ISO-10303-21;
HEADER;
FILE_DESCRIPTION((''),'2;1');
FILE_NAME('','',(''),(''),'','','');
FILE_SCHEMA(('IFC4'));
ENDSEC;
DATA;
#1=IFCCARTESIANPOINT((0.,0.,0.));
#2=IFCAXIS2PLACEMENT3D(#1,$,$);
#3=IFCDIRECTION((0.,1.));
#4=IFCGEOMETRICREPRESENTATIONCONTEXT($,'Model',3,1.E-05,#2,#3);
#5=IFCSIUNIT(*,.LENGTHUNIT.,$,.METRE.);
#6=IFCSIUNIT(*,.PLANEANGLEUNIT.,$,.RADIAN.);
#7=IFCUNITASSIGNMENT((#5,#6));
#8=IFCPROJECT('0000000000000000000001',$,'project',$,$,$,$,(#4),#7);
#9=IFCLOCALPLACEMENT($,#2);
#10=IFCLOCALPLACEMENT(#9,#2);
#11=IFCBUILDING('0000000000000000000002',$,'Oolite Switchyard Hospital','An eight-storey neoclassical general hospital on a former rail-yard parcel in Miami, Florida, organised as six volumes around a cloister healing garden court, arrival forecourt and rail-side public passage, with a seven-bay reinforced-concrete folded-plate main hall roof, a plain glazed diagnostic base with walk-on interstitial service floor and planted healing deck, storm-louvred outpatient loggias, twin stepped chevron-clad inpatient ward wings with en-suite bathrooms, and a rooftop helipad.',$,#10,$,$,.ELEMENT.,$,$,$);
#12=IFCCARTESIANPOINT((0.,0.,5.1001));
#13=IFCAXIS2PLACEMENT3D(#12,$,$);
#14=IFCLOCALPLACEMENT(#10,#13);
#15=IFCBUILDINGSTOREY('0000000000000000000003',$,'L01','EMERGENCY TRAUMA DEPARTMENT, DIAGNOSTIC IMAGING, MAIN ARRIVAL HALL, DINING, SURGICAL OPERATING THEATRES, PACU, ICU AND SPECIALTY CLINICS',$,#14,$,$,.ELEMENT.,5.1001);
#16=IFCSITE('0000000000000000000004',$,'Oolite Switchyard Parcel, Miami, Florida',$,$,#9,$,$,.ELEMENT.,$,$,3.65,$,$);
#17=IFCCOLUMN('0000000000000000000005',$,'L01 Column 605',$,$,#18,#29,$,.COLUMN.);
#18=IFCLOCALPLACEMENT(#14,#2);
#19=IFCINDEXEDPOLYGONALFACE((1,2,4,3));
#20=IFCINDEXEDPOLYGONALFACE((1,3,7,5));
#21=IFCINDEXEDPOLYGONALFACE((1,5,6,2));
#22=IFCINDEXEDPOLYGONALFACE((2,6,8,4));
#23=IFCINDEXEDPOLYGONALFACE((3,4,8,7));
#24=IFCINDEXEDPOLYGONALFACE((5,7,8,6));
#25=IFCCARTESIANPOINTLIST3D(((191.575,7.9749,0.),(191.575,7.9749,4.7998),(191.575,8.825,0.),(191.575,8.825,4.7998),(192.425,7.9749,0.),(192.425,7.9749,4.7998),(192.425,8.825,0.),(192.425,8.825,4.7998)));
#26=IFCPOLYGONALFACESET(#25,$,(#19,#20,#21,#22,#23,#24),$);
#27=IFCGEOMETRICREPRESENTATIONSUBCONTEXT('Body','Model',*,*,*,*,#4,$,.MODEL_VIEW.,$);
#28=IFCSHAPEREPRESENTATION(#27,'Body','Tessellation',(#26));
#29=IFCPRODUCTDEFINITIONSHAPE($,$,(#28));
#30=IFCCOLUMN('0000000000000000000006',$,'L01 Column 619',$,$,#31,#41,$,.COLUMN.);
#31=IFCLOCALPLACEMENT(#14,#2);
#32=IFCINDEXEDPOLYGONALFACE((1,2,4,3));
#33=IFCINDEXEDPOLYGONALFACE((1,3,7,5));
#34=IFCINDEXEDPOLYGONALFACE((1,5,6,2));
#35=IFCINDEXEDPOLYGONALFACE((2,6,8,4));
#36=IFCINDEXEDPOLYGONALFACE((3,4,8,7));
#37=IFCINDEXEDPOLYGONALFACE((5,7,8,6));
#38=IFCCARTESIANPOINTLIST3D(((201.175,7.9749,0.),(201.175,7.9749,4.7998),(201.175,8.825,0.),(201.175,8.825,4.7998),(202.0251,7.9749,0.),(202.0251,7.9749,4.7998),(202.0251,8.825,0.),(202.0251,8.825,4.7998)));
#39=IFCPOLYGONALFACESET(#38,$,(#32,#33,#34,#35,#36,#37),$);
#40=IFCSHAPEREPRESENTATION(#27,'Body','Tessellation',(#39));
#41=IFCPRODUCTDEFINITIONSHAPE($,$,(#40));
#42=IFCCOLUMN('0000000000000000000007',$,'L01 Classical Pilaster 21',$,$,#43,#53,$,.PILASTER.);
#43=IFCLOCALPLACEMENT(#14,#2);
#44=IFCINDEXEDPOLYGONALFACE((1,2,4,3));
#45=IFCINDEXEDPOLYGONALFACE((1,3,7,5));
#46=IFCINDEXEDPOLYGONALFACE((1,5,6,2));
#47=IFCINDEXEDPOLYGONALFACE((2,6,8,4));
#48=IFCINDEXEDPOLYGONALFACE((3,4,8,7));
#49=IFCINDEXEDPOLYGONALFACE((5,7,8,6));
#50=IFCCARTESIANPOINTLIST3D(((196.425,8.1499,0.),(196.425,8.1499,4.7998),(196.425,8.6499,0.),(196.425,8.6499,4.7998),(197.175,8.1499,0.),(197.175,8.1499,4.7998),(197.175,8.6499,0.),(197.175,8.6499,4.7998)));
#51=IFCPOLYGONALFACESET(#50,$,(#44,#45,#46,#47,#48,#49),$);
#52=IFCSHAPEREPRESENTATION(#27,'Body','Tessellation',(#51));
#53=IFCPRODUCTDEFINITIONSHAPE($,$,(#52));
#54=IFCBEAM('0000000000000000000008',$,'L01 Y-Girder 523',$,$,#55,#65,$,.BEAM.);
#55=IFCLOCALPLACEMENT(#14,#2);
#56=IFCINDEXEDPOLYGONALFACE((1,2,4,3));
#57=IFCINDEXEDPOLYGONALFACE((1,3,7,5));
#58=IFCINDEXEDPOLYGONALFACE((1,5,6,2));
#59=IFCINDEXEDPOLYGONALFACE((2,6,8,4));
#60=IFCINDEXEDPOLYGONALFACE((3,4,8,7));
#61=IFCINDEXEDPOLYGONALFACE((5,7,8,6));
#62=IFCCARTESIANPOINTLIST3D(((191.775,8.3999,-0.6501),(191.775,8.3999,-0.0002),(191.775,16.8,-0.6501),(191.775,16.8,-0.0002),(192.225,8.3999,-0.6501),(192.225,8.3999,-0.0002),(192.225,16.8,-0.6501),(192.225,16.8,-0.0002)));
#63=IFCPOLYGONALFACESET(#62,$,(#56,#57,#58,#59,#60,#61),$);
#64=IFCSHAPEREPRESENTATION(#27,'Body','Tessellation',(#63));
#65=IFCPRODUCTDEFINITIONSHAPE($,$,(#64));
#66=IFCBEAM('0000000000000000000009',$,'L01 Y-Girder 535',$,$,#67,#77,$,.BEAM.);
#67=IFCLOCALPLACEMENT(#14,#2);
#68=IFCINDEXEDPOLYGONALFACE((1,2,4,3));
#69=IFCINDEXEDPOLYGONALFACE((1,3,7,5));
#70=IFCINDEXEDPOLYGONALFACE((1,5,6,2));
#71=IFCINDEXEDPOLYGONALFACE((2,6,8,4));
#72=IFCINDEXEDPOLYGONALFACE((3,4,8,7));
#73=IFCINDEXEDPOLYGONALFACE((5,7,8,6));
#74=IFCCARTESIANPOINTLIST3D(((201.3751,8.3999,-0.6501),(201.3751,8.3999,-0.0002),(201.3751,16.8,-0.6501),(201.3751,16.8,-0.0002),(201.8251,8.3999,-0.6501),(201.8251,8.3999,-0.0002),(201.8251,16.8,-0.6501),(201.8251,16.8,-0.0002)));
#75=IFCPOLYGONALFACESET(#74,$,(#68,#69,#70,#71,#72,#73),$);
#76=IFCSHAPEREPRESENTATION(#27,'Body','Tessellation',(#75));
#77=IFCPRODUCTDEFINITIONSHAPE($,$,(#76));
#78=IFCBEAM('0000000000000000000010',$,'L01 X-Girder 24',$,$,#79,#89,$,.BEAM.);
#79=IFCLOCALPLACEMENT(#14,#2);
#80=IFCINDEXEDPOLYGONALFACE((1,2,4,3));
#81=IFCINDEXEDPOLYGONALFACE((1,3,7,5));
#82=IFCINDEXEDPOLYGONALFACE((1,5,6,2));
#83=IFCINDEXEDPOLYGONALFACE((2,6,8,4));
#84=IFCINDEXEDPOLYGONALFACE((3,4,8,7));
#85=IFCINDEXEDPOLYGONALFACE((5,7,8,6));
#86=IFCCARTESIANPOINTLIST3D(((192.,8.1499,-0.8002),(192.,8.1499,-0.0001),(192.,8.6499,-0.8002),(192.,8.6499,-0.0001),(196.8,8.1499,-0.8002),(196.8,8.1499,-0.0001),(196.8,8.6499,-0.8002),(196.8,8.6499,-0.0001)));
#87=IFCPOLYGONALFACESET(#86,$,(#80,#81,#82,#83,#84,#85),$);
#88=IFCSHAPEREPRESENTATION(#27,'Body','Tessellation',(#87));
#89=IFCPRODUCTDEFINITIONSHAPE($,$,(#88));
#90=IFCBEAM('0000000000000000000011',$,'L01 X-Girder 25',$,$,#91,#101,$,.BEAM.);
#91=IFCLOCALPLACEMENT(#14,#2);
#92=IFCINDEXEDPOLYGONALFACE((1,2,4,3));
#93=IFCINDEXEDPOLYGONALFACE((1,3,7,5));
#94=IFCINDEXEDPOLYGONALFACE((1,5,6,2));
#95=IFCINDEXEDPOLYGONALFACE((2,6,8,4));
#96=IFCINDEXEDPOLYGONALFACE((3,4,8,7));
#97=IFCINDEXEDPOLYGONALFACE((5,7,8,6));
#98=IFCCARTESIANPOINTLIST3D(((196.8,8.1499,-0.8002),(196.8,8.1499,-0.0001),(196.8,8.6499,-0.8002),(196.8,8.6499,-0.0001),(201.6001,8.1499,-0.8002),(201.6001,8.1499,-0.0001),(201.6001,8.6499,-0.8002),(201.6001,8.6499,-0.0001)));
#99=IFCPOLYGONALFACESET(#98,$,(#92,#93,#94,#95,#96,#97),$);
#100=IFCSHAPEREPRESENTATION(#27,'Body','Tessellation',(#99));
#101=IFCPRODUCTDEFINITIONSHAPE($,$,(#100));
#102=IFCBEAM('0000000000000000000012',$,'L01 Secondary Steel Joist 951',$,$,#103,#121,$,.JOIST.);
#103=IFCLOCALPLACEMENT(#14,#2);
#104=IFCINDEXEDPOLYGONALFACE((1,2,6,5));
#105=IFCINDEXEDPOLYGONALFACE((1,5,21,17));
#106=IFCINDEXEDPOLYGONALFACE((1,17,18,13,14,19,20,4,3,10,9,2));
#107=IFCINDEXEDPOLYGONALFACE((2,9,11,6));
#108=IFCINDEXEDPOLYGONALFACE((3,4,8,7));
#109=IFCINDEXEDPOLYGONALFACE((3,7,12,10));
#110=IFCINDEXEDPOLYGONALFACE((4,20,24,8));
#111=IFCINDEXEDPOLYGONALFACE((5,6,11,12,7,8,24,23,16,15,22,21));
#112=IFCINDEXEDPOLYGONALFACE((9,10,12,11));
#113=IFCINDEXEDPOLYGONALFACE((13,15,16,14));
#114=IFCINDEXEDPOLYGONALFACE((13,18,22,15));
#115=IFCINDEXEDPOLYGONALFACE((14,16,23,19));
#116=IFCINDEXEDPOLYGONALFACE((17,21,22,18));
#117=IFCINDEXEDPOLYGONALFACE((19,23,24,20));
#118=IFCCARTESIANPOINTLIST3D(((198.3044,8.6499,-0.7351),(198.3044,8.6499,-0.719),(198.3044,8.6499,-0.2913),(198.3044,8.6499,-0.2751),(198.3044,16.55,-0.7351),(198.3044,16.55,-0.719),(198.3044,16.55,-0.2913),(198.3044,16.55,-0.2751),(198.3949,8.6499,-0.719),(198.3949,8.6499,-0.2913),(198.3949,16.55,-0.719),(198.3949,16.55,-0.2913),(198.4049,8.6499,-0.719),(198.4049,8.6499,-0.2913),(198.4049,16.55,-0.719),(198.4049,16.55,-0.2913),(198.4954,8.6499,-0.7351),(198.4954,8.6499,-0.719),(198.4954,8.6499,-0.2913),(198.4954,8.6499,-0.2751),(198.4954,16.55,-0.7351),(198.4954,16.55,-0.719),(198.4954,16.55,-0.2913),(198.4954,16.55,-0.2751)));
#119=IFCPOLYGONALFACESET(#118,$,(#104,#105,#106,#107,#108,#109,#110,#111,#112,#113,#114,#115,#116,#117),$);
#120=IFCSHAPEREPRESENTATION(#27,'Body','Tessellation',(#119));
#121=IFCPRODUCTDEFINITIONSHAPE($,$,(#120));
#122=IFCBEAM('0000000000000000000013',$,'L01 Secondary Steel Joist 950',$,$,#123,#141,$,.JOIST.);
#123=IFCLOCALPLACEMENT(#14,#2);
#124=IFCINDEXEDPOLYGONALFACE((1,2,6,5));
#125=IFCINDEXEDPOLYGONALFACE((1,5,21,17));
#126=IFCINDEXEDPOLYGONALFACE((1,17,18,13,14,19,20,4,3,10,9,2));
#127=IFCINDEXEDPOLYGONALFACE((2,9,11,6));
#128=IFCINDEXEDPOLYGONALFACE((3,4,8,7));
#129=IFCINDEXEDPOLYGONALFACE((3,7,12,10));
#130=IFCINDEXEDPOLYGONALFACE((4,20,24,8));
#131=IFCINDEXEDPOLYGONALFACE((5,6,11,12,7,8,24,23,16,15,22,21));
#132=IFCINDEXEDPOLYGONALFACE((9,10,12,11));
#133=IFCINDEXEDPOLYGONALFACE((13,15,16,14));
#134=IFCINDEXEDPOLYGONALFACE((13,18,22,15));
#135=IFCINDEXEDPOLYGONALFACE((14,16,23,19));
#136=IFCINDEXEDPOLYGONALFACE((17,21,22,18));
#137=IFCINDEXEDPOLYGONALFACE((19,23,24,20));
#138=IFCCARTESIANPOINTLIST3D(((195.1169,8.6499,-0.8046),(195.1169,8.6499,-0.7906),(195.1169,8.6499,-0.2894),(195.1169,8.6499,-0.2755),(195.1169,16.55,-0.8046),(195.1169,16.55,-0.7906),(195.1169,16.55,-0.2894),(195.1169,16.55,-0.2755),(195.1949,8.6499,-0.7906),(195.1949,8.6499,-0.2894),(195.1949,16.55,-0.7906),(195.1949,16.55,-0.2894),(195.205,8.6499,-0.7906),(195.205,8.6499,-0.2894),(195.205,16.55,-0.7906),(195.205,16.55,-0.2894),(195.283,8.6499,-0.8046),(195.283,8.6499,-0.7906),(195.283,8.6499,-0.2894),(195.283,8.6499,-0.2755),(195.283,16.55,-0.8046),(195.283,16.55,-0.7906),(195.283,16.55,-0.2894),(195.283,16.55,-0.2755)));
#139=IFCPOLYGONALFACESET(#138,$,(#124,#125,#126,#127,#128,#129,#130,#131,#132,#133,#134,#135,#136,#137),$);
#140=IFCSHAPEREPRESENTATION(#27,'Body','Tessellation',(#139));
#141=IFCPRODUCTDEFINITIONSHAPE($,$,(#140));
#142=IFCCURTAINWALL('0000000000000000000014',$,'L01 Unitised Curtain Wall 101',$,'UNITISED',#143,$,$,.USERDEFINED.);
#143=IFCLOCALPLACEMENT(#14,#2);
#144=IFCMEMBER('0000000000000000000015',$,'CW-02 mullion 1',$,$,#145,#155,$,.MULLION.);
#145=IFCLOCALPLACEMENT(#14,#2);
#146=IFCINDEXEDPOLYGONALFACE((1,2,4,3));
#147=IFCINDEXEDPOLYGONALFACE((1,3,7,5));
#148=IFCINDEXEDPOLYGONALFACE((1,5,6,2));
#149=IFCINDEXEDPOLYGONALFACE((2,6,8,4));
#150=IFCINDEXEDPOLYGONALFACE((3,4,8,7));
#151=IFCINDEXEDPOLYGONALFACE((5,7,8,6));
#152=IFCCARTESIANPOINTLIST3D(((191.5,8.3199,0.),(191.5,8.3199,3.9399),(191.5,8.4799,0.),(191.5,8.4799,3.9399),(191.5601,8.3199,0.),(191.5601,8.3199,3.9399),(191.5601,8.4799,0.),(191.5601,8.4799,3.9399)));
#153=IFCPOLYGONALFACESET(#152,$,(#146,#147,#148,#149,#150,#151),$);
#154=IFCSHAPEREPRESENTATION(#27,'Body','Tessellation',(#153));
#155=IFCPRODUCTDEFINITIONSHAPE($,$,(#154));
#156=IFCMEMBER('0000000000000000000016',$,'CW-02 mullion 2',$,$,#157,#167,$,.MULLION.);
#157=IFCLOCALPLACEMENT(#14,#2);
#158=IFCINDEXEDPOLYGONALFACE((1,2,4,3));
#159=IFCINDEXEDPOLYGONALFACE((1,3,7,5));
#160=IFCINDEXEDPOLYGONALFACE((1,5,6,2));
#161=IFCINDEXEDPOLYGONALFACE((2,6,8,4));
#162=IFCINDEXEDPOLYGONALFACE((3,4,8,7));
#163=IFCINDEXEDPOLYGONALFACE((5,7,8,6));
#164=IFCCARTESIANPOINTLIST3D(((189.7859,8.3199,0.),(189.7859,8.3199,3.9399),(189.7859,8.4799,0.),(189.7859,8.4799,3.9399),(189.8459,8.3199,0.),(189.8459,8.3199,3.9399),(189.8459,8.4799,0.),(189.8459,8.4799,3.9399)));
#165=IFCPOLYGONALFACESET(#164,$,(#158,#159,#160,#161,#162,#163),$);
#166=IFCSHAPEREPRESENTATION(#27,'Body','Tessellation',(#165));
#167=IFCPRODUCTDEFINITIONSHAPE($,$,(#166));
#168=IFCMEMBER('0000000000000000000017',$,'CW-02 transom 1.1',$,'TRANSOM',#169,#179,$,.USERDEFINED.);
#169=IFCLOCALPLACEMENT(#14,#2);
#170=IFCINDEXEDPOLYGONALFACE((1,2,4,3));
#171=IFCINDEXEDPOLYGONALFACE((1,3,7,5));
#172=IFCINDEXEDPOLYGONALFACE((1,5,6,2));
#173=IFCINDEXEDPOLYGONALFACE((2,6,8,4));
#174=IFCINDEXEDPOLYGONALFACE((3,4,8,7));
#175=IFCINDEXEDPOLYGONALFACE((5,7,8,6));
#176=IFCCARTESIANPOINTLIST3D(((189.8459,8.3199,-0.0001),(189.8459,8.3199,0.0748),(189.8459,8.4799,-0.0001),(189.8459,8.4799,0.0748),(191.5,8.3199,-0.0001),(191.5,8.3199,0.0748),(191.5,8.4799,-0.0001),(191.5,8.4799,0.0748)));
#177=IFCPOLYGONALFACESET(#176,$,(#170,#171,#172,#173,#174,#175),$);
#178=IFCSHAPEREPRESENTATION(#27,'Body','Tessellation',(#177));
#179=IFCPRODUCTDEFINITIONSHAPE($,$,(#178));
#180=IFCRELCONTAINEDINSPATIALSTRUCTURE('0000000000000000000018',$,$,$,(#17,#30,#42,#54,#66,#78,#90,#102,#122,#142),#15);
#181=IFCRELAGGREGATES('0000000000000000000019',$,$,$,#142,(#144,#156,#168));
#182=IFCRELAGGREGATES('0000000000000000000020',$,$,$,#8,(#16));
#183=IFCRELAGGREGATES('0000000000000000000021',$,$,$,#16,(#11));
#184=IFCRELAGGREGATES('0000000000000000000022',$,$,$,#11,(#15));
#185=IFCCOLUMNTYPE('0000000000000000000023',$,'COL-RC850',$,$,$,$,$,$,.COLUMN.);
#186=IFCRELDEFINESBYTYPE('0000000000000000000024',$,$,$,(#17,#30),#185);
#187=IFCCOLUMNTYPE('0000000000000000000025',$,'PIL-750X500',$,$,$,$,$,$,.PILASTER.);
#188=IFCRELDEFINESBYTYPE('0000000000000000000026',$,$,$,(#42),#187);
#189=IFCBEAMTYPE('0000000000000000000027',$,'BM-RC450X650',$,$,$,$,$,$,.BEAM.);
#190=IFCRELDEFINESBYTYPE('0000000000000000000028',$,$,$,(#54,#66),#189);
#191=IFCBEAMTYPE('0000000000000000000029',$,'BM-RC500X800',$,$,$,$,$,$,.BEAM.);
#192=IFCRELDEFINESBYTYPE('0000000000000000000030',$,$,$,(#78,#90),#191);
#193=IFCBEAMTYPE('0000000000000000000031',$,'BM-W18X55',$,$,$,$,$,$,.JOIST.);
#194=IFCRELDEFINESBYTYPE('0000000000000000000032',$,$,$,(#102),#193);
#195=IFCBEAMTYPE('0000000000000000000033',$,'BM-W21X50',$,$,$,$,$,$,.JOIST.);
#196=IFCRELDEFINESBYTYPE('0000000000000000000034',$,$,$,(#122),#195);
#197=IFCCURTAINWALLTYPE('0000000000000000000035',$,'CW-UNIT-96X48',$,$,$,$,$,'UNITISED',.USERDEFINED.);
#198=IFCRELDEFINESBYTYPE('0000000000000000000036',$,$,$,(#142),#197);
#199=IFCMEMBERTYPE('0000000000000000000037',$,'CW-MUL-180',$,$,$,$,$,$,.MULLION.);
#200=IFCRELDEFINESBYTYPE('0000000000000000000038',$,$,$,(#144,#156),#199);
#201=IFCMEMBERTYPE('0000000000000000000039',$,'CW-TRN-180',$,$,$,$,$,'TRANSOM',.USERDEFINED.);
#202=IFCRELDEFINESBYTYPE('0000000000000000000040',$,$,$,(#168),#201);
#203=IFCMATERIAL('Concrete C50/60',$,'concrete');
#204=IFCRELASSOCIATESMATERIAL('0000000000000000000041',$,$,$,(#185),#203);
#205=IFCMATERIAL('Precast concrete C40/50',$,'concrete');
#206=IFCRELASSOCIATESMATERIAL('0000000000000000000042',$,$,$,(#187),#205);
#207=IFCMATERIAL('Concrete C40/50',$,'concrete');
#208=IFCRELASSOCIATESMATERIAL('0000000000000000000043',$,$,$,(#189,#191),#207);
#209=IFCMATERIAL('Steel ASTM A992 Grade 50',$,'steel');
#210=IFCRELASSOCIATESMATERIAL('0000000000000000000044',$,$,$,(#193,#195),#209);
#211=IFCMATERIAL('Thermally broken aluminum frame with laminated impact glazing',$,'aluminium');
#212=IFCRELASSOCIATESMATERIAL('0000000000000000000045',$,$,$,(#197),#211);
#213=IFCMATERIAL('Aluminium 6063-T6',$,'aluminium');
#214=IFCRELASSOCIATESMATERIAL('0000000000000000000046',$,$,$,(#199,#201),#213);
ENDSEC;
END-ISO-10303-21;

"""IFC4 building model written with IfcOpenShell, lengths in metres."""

from ifc_helpers import new_model, si_unit, direction, frame, origin, origin_2d, place, context, subcontext, project, spatial, rectangle, i_section, extrude, material, material_profile, profile_set, type_object, element, aggregate, save


model = new_model("IFC4")

# Units and contexts
model_context = context("Model", 3, precision=1e-05, world=origin(), true_north=direction((0.0, 1.0)))
body_context = subcontext(model_context, "Body", "Model", "MODEL_VIEW")
ifc_project = project(units=[si_unit("LENGTHUNIT", "METRE"), si_unit("PLANEANGLEUNIT", "RADIAN")], contexts=[model_context])

# Site, building, storey
site_placement = place(None, origin())
site = spatial("IfcSite", under=ifc_project, at=site_placement, Name="Oolite Switchyard Parcel, Miami, Florida", CompositionType="ELEMENT", RefElevation=3.65)
building_placement = place(site_placement, origin())
building = spatial("IfcBuilding", under=site, at=building_placement, Name="Oolite Switchyard Hospital", Description="An eight-storey neoclassical general hospital on a former rail-yard parcel in Miami, Florida, organised as six volumes around a cloister healing garden court, arrival forecourt and rail-side public passage, with a seven-bay reinforced-concrete folded-plate main hall roof, a plain glazed diagnostic base with walk-on interstitial service floor and planted healing deck, storm-louvred outpatient loggias, twin stepped chevron-clad inpatient ward wings with en-suite bathrooms, and a rooftop helipad.", CompositionType="ELEMENT")
storey_placement = place(building_placement, frame((0.0, 0.0, 5.1001)))
storey = spatial("IfcBuildingStorey", under=building, at=storey_placement, Name="L01", Description="EMERGENCY TRAUMA DEPARTMENT, DIAGNOSTIC IMAGING, MAIN ARRIVAL HALL, DINING, SURGICAL OPERATING THEATRES, PACU, ICU AND SPECIALTY CLINICS", CompositionType="ELEMENT", Elevation=5.1001)

# Columns
ifc_material_1 = material(Name="Concrete C50/60", Category="concrete")
ifc_material_profile_1 = material_profile(ifc_material_1, rectangle(XDim=0.8501, YDim=0.8501, at=origin_2d()), Name="RC850X850")
ifc_profile_set_1 = profile_set([ifc_material_profile_1], Name="Concrete C50/60")
column_type_1 = type_object("IfcColumnType", Name="COL-RC850", PredefinedType="COLUMN", material=ifc_profile_set_1)
for number, where, z_axis, x_axis, name in (
    (1, (192.0, 8.3999, 0.0), (0.0, 0.0, 1.0), (1.0, 0.0, 0.0), "L01 Column 605"),
    (2, (201.6001, 8.3999, 0.0), (0.0, 0.0, 1.0), (1.0, 0.0, 0.0), "L01 Column 619"),
):
    element("IfcColumn", number, at=place(storey_placement, frame(where, z_axis=z_axis, x_axis=x_axis)), inside=storey, type_object=column_type_1, Name=name, PredefinedType="COLUMN", context=body_context, shape_type="SweptSolid", body=[
        extrude(rectangle(XDim=0.8501, YDim=0.8501, at=origin_2d()), origin(), (0.0, 0.0, 1.0), 4.7998),
    ])
ifc_material_2 = material(Name="Precast concrete C40/50", Category="concrete")
ifc_material_profile_2 = material_profile(ifc_material_2, rectangle(XDim=0.75, YDim=0.5, at=origin_2d()), Name="PIL750X500")
ifc_profile_set_2 = profile_set([ifc_material_profile_2], Name="Precast concrete C40/50")
column_type_2 = type_object("IfcColumnType", Name="PIL-750X500", PredefinedType="PILASTER", material=ifc_profile_set_2)
column_placement = place(storey_placement, frame((196.8, 8.3999, 0.0), z_axis=(0.0, 0.0, 1.0), x_axis=(1.0, 0.0, 0.0)))
element("IfcColumn", 3, at=column_placement, inside=storey, type_object=column_type_2, Name="L01 Classical Pilaster 21", PredefinedType="PILASTER", context=body_context, shape_type="SweptSolid", body=[
    extrude(rectangle(XDim=0.75, YDim=0.5, at=origin_2d()), origin(), (0.0, 0.0, 1.0), 4.7998),
])

# Beams
ifc_material_3 = material(Name="Concrete C40/50", Category="concrete")
ifc_material_profile_3 = material_profile(ifc_material_3, rectangle(XDim=0.45, YDim=0.6499, at=origin_2d()), Name="RCB450X650")
ifc_profile_set_3 = profile_set([ifc_material_profile_3], Name="Concrete C40/50")
beam_type_1 = type_object("IfcBeamType", Name="BM-RC450X650", PredefinedType="BEAM", material=ifc_profile_set_3)
for number, where, z_axis, x_axis, name in (
    (4, (192.0, 8.3999, -0.3252), (0.0, 1.0, 0.0), (-1.0, 0.0, 0.0), "L01 Y-Girder 523"),
    (5, (201.6001, 8.3999, -0.3252), (0.0, 1.0, 0.0), (-1.0, 0.0, 0.0), "L01 Y-Girder 535"),
):
    element("IfcBeam", number, at=place(storey_placement, frame(where, z_axis=z_axis, x_axis=x_axis)), inside=storey, type_object=beam_type_1, Name=name, PredefinedType="BEAM", context=body_context, shape_type="SweptSolid", body=[
        extrude(rectangle(XDim=0.45, YDim=0.6499, at=origin_2d()), origin(), (0.0, 0.0, 1.0), 8.4001),
    ])
ifc_material_profile_4 = material_profile(ifc_material_3, rectangle(XDim=0.5, YDim=0.8, at=origin_2d()), Name="RCB500X800")
ifc_profile_set_4 = profile_set([ifc_material_profile_4], Name="Concrete C40/50")
beam_type_2 = type_object("IfcBeamType", Name="BM-RC500X800", PredefinedType="BEAM", material=ifc_profile_set_4)
for number, where, z_axis, x_axis, name in (
    (6, (192.0, 8.3999, -0.4001), (1.0, 0.0, 0.0), (0.0, 1.0, 0.0), "L01 X-Girder 24"),
    (7, (196.8, 8.3999, -0.4001), (1.0, 0.0, 0.0), (0.0, 1.0, 0.0), "L01 X-Girder 25"),
):
    element("IfcBeam", number, at=place(storey_placement, frame(where, z_axis=z_axis, x_axis=x_axis)), inside=storey, type_object=beam_type_2, Name=name, PredefinedType="BEAM", context=body_context, shape_type="SweptSolid", body=[
        extrude(rectangle(XDim=0.5, YDim=0.8, at=origin_2d()), origin(), (0.0, 0.0, 1.0), 4.8),
    ])
ifc_material_4 = material(Name="Steel ASTM A992 Grade 50", Category="steel")
ifc_material_profile_5 = material_profile(ifc_material_4, i_section(OverallWidth=0.1909, OverallDepth=0.46, WebThickness=0.01, FlangeThickness=0.0161, at=origin_2d()), Name="W18X55")
ifc_profile_set_5 = profile_set([ifc_material_profile_5], Name="Steel ASTM A992 Grade 50")
beam_type_3 = type_object("IfcBeamType", Name="BM-W18X55", PredefinedType="JOIST", material=ifc_profile_set_5)
beam_1_placement = place(storey_placement, frame((198.3999, 8.6499, -0.5051), z_axis=(0.0, 1.0, 0.0), x_axis=(-1.0, 0.0, 0.0)))
element("IfcBeam", 8, at=beam_1_placement, inside=storey, type_object=beam_type_3, Name="L01 Secondary Steel Joist 951", PredefinedType="JOIST", context=body_context, shape_type="SweptSolid", body=[
    extrude(i_section(OverallWidth=0.1909, OverallDepth=0.46, WebThickness=0.01, FlangeThickness=0.0161, at=origin_2d()), origin(), (0.0, 0.0, 1.0), 7.9001),
])
ifc_material_profile_6 = material_profile(ifc_material_4, i_section(OverallWidth=0.166, OverallDepth=0.5291, WebThickness=0.01, FlangeThickness=0.0139, at=origin_2d()), Name="W21X50")
ifc_profile_set_6 = profile_set([ifc_material_profile_6], Name="Steel ASTM A992 Grade 50")
beam_type_4 = type_object("IfcBeamType", Name="BM-W21X50", PredefinedType="JOIST", material=ifc_profile_set_6)
beam_2_placement = place(storey_placement, frame((195.2, 8.6499, -0.54), z_axis=(0.0, 1.0, 0.0), x_axis=(-1.0, 0.0, 0.0)))
element("IfcBeam", 9, at=beam_2_placement, inside=storey, type_object=beam_type_4, Name="L01 Secondary Steel Joist 950", PredefinedType="JOIST", context=body_context, shape_type="SweptSolid", body=[
    extrude(i_section(OverallWidth=0.166, OverallDepth=0.5291, WebThickness=0.01, FlangeThickness=0.0139, at=origin_2d()), origin(), (0.0, 0.0, 1.0), 7.9001),
])

# Curtain wall, members
ifc_material_5 = material(Name="Thermally broken aluminum frame with laminated impact glazing", Category="aluminium")
curtain_wall_type = type_object("IfcCurtainWallType", Name="CW-UNIT-96X48", ElementType="UNITISED", PredefinedType="USERDEFINED", material=ifc_material_5)
curtain_wall_placement = place(storey_placement, origin())
curtain_wall = element("IfcCurtainWall", 10, at=curtain_wall_placement, inside=storey, type_object=curtain_wall_type, Name="L01 Unitised Curtain Wall 101", ObjectType="UNITISED", PredefinedType="USERDEFINED")
ifc_material_6 = material(Name="Aluminium 6063-T6", Category="aluminium")
ifc_material_profile_7 = material_profile(ifc_material_6, rectangle(XDim=0.1599, YDim=0.0601, at=origin_2d()), Name="CWM60X160")
ifc_profile_set_7 = profile_set([ifc_material_profile_7], Name="Aluminium 6063-T6")
member_type_1 = type_object("IfcMemberType", Name="CW-MUL-180", PredefinedType="MULLION", material=ifc_profile_set_7)
member_1_placement = place(storey_placement, frame((191.53, 8.3999, 0.0), z_axis=(0.0, 0.0, 1.0), x_axis=(0.0, -1.0, 0.0)))
member_1 = element("IfcMember", 11, at=member_1_placement, type_object=member_type_1, Name="CW-02 mullion 1", PredefinedType="MULLION", context=body_context, shape_type="SweptSolid", body=[
    extrude(rectangle(XDim=0.1599, YDim=0.0601, at=origin_2d()), origin(), (0.0, 0.0, 1.0), 3.9399),
])
member_2_placement = place(storey_placement, frame((189.8159, 8.3999, 0.0), z_axis=(0.0, 0.0, 1.0), x_axis=(0.0, -1.0, 0.0)))
member_2 = element("IfcMember", 12, at=member_2_placement, type_object=member_type_1, Name="CW-02 mullion 2", PredefinedType="MULLION", context=body_context, shape_type="SweptSolid", body=[
    extrude(rectangle(XDim=0.1599, YDim=0.0601, at=origin_2d()), origin(), (0.0, 0.0, 1.0), 3.9399),
])
ifc_material_profile_8 = material_profile(ifc_material_6, rectangle(XDim=0.1599, YDim=0.075, at=origin_2d()), Name="CWT75X160")
ifc_profile_set_8 = profile_set([ifc_material_profile_8], Name="Aluminium 6063-T6")
member_type_2 = type_object("IfcMemberType", Name="CW-TRN-180", ElementType="TRANSOM", PredefinedType="USERDEFINED", material=ifc_profile_set_8)
member_3_placement = place(storey_placement, frame((191.5, 8.3999, 0.0374), z_axis=(-1.0, 0.0, 0.0), x_axis=(0.0, -1.0, 0.0)))
member_3 = element("IfcMember", 13, at=member_3_placement, type_object=member_type_2, Name="CW-02 transom 1.1", ObjectType="TRANSOM", PredefinedType="USERDEFINED", context=body_context, shape_type="SweptSolid", body=[
    extrude(rectangle(XDim=0.1599, YDim=0.075, at=origin_2d()), origin(), (0.0, 0.0, 1.0), 1.6541),
])
aggregate(curtain_wall, [member_1, member_2, member_3])

save(model, "model.ifc")
